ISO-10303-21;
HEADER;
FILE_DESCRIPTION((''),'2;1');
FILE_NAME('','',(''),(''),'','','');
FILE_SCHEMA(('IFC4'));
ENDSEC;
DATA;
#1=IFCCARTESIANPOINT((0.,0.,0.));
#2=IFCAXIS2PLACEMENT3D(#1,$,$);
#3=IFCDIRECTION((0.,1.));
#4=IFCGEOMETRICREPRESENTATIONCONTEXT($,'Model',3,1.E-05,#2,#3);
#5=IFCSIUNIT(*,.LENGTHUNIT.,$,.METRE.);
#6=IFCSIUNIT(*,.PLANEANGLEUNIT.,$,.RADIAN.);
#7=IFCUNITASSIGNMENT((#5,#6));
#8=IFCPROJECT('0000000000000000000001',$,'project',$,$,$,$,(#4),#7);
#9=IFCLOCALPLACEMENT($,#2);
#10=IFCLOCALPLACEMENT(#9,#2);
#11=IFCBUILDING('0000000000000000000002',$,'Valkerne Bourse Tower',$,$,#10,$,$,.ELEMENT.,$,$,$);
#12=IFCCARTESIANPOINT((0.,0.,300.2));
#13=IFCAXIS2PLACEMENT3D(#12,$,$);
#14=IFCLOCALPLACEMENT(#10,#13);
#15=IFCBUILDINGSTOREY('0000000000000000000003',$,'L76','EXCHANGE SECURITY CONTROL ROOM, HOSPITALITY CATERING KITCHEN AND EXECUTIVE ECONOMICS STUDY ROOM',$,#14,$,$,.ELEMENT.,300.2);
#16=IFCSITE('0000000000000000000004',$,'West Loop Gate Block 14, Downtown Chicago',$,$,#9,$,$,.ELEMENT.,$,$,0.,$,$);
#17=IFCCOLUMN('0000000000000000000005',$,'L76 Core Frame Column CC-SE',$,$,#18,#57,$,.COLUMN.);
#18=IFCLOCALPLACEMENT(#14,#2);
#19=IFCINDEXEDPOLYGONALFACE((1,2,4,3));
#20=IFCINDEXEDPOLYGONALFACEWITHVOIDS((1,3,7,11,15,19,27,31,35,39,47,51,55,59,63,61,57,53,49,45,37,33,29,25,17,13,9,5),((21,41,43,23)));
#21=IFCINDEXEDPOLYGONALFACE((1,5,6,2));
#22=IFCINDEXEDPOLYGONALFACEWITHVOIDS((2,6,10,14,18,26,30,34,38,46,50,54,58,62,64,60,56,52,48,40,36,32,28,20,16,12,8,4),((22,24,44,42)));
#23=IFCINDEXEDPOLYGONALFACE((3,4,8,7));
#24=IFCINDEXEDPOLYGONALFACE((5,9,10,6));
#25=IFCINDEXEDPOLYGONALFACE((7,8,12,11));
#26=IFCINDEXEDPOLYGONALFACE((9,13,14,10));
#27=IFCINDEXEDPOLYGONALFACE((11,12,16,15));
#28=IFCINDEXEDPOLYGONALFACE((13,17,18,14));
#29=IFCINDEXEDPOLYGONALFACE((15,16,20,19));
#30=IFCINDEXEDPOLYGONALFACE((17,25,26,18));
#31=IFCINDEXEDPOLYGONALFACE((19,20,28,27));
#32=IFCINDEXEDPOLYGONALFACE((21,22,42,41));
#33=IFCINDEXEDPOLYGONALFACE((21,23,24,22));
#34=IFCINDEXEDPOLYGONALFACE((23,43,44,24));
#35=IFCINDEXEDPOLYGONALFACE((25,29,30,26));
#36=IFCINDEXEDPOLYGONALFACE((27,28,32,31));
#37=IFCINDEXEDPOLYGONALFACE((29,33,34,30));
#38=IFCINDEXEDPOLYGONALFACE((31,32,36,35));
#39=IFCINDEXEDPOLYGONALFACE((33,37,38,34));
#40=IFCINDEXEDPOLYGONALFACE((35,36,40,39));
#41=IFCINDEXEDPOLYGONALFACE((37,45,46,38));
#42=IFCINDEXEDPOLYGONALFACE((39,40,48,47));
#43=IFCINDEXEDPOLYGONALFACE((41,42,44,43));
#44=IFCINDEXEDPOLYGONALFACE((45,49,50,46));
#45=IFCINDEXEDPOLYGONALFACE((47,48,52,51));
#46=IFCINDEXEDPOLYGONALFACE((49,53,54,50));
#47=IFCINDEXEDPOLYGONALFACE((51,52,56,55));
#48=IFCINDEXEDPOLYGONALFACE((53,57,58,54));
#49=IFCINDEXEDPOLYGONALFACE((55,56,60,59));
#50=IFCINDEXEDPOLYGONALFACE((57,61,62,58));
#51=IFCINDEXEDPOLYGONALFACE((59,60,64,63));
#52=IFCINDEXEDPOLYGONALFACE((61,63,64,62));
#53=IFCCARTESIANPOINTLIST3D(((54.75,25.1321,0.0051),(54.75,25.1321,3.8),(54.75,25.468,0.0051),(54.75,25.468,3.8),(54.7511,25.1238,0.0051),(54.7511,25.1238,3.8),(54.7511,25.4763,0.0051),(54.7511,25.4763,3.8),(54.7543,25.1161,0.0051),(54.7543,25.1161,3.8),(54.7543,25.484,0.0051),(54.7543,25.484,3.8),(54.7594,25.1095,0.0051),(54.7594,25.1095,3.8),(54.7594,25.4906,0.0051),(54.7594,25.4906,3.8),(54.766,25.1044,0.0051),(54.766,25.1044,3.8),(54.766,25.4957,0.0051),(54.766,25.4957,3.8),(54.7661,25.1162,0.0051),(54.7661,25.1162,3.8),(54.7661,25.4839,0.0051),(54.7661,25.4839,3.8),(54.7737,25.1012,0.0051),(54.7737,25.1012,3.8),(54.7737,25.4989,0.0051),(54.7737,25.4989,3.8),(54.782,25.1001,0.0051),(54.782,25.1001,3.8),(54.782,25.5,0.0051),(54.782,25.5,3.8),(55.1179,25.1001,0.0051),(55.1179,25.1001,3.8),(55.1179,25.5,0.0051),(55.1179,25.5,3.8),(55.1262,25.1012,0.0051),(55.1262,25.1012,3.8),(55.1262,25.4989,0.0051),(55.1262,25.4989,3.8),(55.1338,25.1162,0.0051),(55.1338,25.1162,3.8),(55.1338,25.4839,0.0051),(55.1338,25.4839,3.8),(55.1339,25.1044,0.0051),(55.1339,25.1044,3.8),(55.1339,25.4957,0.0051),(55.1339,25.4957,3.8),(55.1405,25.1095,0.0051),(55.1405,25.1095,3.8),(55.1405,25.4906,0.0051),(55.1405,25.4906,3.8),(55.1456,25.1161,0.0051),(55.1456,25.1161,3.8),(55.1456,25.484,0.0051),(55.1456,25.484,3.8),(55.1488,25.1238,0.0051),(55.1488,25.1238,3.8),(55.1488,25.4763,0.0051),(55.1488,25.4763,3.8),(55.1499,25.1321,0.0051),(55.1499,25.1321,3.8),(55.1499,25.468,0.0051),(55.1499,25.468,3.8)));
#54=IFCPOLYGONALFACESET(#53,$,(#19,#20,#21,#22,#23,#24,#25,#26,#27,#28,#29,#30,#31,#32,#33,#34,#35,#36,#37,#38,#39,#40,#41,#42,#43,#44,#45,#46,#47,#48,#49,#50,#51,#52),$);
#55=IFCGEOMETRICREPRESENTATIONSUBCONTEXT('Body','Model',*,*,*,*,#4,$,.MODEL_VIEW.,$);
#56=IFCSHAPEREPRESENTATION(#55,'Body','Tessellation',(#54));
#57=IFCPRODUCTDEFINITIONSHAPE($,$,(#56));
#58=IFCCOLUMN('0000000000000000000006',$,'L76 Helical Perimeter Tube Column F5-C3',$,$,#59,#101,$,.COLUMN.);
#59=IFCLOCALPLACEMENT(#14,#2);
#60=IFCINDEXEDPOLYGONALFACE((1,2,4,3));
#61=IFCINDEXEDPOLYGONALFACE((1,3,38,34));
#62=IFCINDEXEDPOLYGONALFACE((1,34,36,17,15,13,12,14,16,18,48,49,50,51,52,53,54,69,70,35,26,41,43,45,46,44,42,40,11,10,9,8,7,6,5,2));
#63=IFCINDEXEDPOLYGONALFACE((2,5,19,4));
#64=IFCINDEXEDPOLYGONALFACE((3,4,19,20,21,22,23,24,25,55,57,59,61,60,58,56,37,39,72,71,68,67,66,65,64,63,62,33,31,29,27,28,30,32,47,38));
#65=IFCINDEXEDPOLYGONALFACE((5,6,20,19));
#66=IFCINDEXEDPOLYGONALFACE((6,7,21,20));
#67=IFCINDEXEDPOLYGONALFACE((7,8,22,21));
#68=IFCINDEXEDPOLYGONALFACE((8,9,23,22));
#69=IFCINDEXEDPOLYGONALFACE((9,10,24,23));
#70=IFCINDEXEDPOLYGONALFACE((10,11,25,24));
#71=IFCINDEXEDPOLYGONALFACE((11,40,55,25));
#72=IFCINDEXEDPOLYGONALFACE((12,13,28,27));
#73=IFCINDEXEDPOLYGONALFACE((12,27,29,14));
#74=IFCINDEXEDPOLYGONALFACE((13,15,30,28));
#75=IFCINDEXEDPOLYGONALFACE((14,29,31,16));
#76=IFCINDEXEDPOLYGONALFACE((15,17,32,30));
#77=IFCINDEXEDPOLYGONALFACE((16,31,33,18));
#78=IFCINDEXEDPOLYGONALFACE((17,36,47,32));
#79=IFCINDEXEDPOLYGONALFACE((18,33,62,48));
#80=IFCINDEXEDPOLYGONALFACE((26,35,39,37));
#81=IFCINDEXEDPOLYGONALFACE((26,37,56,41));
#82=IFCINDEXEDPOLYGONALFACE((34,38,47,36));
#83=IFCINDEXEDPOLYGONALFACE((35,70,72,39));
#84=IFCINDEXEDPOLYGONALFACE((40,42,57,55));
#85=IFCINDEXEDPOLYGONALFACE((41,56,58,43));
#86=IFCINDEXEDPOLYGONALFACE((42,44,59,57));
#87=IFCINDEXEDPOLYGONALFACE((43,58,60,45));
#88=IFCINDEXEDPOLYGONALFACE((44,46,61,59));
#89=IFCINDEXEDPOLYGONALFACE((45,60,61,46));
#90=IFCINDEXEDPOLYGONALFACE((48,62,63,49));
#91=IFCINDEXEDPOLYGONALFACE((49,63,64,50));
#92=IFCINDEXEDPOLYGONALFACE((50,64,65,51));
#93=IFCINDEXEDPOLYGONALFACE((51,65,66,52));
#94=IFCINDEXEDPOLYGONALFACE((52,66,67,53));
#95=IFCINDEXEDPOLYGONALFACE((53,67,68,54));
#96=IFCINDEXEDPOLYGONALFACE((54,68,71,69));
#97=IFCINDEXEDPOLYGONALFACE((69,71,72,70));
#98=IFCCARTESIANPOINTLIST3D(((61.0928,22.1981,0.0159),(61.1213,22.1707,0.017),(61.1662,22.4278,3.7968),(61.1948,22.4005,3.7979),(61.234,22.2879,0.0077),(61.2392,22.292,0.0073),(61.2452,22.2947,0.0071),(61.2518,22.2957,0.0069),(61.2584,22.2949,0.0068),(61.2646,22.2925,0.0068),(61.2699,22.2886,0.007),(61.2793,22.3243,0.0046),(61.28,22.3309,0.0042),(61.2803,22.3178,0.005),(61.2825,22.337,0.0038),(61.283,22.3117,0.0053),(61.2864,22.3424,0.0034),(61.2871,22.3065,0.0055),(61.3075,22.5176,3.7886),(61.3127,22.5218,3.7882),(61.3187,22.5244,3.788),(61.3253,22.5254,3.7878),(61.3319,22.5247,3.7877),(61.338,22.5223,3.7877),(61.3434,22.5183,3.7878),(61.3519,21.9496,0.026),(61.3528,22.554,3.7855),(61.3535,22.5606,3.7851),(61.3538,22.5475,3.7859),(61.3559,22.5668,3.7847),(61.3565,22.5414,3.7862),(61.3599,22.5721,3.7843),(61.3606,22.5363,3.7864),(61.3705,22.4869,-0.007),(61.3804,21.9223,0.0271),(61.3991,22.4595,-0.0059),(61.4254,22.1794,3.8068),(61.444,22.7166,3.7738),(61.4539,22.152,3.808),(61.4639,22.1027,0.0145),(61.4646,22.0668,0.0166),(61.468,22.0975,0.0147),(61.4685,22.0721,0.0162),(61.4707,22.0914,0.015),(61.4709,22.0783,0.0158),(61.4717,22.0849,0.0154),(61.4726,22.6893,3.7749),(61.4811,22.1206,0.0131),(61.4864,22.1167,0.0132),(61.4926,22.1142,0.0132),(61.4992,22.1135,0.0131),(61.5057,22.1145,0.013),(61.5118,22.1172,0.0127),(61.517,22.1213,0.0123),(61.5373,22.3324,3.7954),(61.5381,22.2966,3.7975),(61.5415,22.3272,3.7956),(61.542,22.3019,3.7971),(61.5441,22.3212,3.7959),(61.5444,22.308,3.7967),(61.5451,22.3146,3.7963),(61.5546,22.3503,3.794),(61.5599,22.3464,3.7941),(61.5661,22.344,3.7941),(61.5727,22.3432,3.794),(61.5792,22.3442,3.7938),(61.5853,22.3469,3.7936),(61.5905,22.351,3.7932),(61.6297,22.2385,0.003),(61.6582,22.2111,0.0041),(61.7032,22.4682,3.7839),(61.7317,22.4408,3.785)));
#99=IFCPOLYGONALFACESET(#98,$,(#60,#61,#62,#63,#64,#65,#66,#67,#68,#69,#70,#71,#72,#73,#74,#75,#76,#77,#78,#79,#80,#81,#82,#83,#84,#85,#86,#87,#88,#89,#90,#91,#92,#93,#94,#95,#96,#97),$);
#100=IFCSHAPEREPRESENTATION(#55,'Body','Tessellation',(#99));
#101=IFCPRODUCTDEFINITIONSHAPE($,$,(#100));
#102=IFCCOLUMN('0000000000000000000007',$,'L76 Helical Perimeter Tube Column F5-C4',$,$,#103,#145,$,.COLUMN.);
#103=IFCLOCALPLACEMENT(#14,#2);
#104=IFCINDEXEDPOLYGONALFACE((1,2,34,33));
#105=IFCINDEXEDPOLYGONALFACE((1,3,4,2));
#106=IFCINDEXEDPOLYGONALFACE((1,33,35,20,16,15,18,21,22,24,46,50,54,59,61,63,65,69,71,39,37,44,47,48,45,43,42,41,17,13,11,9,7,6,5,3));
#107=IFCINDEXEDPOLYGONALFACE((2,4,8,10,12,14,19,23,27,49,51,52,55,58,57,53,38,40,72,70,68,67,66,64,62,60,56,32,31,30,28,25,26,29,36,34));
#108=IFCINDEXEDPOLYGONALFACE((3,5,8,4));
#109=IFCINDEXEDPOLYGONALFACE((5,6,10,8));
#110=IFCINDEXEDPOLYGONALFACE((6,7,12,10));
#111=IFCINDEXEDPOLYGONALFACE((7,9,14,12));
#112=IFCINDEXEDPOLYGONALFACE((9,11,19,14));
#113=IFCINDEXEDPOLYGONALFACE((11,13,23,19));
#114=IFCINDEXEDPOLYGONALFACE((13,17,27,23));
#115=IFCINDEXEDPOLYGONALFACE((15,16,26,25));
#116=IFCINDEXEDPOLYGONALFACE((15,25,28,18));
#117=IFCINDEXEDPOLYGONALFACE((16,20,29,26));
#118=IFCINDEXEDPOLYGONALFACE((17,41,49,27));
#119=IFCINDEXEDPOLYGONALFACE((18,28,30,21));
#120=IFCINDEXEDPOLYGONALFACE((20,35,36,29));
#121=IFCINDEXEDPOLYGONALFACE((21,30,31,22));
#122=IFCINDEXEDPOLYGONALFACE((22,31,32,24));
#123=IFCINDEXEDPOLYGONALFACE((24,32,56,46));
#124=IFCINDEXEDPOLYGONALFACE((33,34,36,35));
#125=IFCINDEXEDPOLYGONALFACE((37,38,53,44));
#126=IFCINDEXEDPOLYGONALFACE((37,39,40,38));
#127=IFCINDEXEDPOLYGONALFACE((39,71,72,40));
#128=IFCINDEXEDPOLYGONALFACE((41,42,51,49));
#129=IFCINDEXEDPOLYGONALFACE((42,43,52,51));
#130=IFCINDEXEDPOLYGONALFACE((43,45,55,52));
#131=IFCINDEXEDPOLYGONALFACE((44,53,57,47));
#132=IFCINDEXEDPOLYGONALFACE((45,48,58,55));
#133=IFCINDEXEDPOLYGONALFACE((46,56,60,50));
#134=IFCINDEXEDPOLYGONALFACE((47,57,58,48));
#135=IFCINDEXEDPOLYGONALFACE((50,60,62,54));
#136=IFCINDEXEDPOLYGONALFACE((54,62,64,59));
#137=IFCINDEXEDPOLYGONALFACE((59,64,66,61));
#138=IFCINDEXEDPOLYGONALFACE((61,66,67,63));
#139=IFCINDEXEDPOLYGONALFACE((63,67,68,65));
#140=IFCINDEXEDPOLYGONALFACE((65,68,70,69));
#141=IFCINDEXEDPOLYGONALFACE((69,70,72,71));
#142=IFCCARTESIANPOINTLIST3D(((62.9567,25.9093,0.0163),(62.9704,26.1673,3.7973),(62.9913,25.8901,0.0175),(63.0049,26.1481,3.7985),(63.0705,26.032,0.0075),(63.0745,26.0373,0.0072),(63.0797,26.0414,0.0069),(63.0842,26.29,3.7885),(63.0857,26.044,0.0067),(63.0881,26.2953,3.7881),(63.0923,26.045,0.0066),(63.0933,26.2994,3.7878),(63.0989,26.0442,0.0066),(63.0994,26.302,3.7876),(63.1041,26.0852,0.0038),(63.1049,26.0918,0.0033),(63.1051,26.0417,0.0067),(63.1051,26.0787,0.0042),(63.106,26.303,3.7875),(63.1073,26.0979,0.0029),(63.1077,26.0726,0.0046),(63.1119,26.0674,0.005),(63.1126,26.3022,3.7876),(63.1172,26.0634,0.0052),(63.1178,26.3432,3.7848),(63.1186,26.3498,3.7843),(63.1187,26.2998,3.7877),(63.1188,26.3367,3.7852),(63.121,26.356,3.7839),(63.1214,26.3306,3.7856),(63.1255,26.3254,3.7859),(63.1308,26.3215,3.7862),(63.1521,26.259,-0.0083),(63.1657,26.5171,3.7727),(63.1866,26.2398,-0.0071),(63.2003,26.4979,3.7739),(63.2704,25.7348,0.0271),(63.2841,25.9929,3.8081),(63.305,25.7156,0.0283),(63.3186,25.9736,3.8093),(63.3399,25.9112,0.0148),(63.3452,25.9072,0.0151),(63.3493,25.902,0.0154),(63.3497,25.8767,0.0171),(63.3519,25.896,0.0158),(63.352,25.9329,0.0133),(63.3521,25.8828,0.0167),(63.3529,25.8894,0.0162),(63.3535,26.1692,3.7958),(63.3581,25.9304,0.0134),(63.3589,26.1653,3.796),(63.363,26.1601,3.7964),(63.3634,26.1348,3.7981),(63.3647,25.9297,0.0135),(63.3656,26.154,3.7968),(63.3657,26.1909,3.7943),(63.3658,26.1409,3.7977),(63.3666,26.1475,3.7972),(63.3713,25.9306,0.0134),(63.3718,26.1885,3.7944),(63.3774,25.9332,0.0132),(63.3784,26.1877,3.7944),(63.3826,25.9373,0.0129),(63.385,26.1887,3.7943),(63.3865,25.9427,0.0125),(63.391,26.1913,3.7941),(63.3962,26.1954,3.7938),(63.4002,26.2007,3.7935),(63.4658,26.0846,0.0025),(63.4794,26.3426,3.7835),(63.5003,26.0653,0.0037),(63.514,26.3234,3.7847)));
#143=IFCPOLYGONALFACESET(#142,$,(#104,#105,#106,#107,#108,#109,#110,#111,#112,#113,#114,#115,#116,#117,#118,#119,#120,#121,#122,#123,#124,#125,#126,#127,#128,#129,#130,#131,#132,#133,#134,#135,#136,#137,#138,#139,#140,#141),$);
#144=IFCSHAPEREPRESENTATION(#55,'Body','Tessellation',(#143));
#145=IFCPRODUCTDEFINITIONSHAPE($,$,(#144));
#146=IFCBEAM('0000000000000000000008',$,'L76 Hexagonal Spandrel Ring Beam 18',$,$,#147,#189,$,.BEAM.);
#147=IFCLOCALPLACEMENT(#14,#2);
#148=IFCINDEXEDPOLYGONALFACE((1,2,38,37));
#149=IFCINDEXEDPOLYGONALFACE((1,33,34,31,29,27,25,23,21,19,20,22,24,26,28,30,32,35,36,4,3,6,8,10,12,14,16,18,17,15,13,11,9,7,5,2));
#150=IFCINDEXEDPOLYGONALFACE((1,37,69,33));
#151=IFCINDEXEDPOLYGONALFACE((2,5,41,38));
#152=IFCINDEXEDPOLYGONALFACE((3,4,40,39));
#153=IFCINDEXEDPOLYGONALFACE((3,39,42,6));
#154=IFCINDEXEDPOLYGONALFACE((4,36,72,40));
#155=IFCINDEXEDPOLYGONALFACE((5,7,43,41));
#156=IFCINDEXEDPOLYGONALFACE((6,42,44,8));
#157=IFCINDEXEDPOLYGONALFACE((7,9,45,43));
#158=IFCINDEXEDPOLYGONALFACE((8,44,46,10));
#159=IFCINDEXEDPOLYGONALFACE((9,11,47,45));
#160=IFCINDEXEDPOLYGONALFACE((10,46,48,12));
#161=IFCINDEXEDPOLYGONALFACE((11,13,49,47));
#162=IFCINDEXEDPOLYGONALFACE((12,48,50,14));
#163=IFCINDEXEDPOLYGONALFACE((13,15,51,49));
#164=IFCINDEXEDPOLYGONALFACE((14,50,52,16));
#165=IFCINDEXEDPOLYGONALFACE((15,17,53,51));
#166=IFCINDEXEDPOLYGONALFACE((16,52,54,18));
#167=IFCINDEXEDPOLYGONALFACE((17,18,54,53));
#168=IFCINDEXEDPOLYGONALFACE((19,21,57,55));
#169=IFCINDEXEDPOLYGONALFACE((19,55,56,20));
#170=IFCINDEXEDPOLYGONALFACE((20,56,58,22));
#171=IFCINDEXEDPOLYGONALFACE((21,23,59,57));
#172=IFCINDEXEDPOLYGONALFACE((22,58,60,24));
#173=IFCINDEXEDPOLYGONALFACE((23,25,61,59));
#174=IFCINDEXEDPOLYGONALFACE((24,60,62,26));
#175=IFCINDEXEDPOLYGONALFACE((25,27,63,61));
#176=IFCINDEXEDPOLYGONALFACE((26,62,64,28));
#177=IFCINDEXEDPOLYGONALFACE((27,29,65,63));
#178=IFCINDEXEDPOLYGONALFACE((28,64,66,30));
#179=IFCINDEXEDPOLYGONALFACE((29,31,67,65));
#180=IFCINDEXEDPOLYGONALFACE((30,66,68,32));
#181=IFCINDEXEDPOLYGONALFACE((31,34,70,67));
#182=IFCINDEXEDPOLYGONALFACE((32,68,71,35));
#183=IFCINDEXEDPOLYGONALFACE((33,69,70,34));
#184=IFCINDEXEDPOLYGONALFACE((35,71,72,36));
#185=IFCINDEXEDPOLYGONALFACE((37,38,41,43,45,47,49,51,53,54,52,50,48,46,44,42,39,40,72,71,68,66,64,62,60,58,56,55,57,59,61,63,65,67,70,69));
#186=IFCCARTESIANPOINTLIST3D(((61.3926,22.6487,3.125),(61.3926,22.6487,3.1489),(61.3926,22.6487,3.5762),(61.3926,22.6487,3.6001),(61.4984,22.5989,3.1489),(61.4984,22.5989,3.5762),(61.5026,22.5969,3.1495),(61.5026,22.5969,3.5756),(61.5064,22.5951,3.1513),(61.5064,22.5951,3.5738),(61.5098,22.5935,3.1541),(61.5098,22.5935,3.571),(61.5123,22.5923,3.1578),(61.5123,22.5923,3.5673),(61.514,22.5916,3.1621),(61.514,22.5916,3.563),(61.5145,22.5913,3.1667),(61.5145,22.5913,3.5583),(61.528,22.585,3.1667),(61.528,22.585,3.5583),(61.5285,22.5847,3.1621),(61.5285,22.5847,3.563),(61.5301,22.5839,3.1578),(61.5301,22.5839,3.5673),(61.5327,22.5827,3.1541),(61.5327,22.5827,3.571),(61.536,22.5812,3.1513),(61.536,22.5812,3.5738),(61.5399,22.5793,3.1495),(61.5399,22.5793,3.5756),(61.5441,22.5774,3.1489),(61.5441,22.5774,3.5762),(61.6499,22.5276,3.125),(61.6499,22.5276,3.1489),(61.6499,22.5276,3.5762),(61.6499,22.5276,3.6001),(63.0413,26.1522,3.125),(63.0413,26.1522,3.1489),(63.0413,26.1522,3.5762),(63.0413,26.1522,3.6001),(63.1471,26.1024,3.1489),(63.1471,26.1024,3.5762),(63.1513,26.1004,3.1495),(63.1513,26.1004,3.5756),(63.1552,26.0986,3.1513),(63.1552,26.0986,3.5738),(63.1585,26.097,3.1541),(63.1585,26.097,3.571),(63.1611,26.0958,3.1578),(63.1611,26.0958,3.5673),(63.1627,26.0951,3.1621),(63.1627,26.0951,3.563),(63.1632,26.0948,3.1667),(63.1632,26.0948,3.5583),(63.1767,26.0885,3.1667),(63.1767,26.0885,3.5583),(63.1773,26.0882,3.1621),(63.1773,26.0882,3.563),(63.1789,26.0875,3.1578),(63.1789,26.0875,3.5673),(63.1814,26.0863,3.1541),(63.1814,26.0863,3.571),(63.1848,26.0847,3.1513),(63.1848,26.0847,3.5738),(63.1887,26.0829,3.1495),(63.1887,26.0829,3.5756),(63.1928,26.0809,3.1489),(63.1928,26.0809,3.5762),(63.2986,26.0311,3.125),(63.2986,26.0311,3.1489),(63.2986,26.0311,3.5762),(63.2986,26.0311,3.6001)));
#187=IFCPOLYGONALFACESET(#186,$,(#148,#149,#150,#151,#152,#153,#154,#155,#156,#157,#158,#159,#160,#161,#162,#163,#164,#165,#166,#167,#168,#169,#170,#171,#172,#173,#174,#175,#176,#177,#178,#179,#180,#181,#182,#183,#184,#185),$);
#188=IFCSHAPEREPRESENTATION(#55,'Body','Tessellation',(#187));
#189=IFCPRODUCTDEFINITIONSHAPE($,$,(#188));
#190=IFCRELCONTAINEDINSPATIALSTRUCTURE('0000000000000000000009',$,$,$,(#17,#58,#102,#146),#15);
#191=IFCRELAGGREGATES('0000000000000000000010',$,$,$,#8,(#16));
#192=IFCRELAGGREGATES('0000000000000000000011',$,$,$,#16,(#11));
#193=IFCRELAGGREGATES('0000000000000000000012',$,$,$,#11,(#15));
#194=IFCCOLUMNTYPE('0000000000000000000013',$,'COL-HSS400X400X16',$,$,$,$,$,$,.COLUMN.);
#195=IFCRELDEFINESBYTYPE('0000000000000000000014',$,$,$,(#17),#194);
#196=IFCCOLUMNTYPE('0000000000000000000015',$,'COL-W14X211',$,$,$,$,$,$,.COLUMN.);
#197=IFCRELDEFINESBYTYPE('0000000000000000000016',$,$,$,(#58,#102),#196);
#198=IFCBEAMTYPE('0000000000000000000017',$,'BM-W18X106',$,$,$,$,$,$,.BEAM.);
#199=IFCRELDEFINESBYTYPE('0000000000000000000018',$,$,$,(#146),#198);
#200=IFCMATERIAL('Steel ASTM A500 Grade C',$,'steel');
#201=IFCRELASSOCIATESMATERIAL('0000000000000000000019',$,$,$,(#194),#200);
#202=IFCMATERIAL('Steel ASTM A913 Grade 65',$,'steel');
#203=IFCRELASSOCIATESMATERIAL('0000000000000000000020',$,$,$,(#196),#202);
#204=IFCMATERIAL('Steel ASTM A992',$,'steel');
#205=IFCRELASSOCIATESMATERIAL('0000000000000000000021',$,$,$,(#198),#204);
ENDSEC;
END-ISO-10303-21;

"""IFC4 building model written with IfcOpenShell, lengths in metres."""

from ifc_helpers import new_model, si_unit, direction, frame, origin, origin_2d, place, context, subcontext, project, spatial, hollow_rectangle, i_section, extrude, material, material_profile, profile_set, type_object, element, save


model = new_model("IFC4")

# Units and contexts
model_context = context("Model", 3, precision=1e-05, world=origin(), true_north=direction((0.0, 1.0)))
body_context = subcontext(model_context, "Body", "Model", "MODEL_VIEW")
ifc_project = project(units=[si_unit("LENGTHUNIT", "METRE"), si_unit("PLANEANGLEUNIT", "RADIAN")], contexts=[model_context])

# Site, building, storey
site_placement = place(None, origin())
site = spatial("IfcSite", under=ifc_project, at=site_placement, Name="West Loop Gate Block 14, Downtown Chicago", CompositionType="ELEMENT", RefElevation=0.0)
building_placement = place(site_placement, origin())
building = spatial("IfcBuilding", under=site, at=building_placement, Name="Valkerne Bourse Tower", CompositionType="ELEMENT")
storey_placement = place(building_placement, frame((0.0, 0.0, 300.2)))
storey = spatial("IfcBuildingStorey", under=building, at=storey_placement, Name="L76", Description="EXCHANGE SECURITY CONTROL ROOM, HOSPITALITY CATERING KITCHEN AND EXECUTIVE ECONOMICS STUDY ROOM", CompositionType="ELEMENT", Elevation=300.2)

# Columns
ifc_material_1 = material(Name="Steel ASTM A500 Grade C", Category="steel")
ifc_material_profile_1 = material_profile(ifc_material_1, hollow_rectangle(XDim=0.3999, YDim=0.3999, WallThickness=0.0161, OuterFilletRadius=0.032, at=origin_2d()), Name="HSS400X400X16")
ifc_profile_set_1 = profile_set([ifc_material_profile_1], Name="Steel ASTM A500 Grade C")
column_type_1 = type_object("IfcColumnType", Name="COL-HSS400X400X16", PredefinedType="COLUMN", material=ifc_profile_set_1)
column_1_placement = place(storey_placement, frame((54.95, 25.3, 0.0051), z_axis=(0.0, 0.0, 1.0), x_axis=(1.0, 0.0, 0.0)))
element("IfcColumn", 1, at=column_1_placement, inside=storey, type_object=column_type_1, Name="L76 Core Frame Column CC-SE", PredefinedType="COLUMN", context=body_context, shape_type="SweptSolid", body=[
    extrude(hollow_rectangle(XDim=0.3999, YDim=0.3999, WallThickness=0.0161, OuterFilletRadius=0.032, at=origin_2d()), origin(), (0.0, 0.0, 1.0), 3.7949),
])
ifc_material_2 = material(Name="Steel ASTM A913 Grade 65", Category="steel")
ifc_material_profile_2 = material_profile(ifc_material_2, i_section(OverallWidth=0.4014, OverallDepth=0.3987, WebThickness=0.0249, FlangeThickness=0.0396, FilletRadius=0.0254, at=origin_2d()), Name="W14X211")
ifc_profile_set_2 = profile_set([ifc_material_profile_2], Name="Steel ASTM A913 Grade 65")
column_type_2 = type_object("IfcColumnType", Name="COL-W14X211", PredefinedType="COLUMN", material=ifc_profile_set_2)
column_2_placement = place(storey_placement, frame((61.3755, 22.2046, 0.01), z_axis=(0.019396, 0.060637, 0.997971), x_axis=(-0.692067, -0.719565, 0.057172)))
element("IfcColumn", 2, at=column_2_placement, inside=storey, type_object=column_type_2, Name="L76 Helical Perimeter Tube Column F5-C3", PredefinedType="COLUMN", context=body_context, shape_type="SweptSolid", body=[
    extrude(i_section(OverallWidth=0.4014, OverallDepth=0.3987, WebThickness=0.0249, FlangeThickness=0.0396, FilletRadius=0.0254, at=origin_2d()), origin(), (0.0, 0.0, 1.0), 3.7886),
])
column_3_placement = place(storey_placement, frame((63.2285, 25.9873, 0.01), z_axis=(0.003608, 0.068092, 0.997673), x_axis=(-0.486723, -0.871407, 0.061234)))
element("IfcColumn", 3, at=column_3_placement, inside=storey, type_object=column_type_2, Name="L76 Helical Perimeter Tube Column F5-C4", PredefinedType="COLUMN", context=body_context, shape_type="SweptSolid", body=[
    extrude(i_section(OverallWidth=0.4014, OverallDepth=0.3987, WebThickness=0.0249, FlangeThickness=0.0396, FilletRadius=0.0254, at=origin_2d()), origin(), (0.0, 0.0, 1.0), 3.7898),
])

# Beam
ifc_material_3 = material(Name="Steel ASTM A992", Category="steel")
ifc_material_profile_3 = material_profile(ifc_material_3, i_section(OverallWidth=0.2844, OverallDepth=0.4751, WebThickness=0.0149, FlangeThickness=0.0239, FilletRadius=0.0178, at=origin_2d()), Name="W18X106")
ifc_profile_set_3 = profile_set([ifc_material_profile_3], Name="Steel ASTM A992")
beam_type_1 = type_object("IfcBeamType", Name="BM-W18X106", PredefinedType="BEAM", material=ifc_profile_set_3)
beam_1_placement = place(storey_placement, frame((61.5212, 22.5881, 3.3625), z_axis=(0.4258, 0.904817, 0.0), x_axis=(-0.904817, 0.4258, 0.0)))
element("IfcBeam", 4, at=beam_1_placement, inside=storey, type_object=beam_type_1, Name="L76 Hexagonal Spandrel Ring Beam 18", PredefinedType="BEAM", context=body_context, shape_type="SweptSolid", body=[
    extrude(i_section(OverallWidth=0.2844, OverallDepth=0.4751, WebThickness=0.0149, FlangeThickness=0.0239, FilletRadius=0.0178, at=origin_2d()), origin(), (0.0, 0.0, 1.0), 3.8721),
])

save(model, "model.ifc")
